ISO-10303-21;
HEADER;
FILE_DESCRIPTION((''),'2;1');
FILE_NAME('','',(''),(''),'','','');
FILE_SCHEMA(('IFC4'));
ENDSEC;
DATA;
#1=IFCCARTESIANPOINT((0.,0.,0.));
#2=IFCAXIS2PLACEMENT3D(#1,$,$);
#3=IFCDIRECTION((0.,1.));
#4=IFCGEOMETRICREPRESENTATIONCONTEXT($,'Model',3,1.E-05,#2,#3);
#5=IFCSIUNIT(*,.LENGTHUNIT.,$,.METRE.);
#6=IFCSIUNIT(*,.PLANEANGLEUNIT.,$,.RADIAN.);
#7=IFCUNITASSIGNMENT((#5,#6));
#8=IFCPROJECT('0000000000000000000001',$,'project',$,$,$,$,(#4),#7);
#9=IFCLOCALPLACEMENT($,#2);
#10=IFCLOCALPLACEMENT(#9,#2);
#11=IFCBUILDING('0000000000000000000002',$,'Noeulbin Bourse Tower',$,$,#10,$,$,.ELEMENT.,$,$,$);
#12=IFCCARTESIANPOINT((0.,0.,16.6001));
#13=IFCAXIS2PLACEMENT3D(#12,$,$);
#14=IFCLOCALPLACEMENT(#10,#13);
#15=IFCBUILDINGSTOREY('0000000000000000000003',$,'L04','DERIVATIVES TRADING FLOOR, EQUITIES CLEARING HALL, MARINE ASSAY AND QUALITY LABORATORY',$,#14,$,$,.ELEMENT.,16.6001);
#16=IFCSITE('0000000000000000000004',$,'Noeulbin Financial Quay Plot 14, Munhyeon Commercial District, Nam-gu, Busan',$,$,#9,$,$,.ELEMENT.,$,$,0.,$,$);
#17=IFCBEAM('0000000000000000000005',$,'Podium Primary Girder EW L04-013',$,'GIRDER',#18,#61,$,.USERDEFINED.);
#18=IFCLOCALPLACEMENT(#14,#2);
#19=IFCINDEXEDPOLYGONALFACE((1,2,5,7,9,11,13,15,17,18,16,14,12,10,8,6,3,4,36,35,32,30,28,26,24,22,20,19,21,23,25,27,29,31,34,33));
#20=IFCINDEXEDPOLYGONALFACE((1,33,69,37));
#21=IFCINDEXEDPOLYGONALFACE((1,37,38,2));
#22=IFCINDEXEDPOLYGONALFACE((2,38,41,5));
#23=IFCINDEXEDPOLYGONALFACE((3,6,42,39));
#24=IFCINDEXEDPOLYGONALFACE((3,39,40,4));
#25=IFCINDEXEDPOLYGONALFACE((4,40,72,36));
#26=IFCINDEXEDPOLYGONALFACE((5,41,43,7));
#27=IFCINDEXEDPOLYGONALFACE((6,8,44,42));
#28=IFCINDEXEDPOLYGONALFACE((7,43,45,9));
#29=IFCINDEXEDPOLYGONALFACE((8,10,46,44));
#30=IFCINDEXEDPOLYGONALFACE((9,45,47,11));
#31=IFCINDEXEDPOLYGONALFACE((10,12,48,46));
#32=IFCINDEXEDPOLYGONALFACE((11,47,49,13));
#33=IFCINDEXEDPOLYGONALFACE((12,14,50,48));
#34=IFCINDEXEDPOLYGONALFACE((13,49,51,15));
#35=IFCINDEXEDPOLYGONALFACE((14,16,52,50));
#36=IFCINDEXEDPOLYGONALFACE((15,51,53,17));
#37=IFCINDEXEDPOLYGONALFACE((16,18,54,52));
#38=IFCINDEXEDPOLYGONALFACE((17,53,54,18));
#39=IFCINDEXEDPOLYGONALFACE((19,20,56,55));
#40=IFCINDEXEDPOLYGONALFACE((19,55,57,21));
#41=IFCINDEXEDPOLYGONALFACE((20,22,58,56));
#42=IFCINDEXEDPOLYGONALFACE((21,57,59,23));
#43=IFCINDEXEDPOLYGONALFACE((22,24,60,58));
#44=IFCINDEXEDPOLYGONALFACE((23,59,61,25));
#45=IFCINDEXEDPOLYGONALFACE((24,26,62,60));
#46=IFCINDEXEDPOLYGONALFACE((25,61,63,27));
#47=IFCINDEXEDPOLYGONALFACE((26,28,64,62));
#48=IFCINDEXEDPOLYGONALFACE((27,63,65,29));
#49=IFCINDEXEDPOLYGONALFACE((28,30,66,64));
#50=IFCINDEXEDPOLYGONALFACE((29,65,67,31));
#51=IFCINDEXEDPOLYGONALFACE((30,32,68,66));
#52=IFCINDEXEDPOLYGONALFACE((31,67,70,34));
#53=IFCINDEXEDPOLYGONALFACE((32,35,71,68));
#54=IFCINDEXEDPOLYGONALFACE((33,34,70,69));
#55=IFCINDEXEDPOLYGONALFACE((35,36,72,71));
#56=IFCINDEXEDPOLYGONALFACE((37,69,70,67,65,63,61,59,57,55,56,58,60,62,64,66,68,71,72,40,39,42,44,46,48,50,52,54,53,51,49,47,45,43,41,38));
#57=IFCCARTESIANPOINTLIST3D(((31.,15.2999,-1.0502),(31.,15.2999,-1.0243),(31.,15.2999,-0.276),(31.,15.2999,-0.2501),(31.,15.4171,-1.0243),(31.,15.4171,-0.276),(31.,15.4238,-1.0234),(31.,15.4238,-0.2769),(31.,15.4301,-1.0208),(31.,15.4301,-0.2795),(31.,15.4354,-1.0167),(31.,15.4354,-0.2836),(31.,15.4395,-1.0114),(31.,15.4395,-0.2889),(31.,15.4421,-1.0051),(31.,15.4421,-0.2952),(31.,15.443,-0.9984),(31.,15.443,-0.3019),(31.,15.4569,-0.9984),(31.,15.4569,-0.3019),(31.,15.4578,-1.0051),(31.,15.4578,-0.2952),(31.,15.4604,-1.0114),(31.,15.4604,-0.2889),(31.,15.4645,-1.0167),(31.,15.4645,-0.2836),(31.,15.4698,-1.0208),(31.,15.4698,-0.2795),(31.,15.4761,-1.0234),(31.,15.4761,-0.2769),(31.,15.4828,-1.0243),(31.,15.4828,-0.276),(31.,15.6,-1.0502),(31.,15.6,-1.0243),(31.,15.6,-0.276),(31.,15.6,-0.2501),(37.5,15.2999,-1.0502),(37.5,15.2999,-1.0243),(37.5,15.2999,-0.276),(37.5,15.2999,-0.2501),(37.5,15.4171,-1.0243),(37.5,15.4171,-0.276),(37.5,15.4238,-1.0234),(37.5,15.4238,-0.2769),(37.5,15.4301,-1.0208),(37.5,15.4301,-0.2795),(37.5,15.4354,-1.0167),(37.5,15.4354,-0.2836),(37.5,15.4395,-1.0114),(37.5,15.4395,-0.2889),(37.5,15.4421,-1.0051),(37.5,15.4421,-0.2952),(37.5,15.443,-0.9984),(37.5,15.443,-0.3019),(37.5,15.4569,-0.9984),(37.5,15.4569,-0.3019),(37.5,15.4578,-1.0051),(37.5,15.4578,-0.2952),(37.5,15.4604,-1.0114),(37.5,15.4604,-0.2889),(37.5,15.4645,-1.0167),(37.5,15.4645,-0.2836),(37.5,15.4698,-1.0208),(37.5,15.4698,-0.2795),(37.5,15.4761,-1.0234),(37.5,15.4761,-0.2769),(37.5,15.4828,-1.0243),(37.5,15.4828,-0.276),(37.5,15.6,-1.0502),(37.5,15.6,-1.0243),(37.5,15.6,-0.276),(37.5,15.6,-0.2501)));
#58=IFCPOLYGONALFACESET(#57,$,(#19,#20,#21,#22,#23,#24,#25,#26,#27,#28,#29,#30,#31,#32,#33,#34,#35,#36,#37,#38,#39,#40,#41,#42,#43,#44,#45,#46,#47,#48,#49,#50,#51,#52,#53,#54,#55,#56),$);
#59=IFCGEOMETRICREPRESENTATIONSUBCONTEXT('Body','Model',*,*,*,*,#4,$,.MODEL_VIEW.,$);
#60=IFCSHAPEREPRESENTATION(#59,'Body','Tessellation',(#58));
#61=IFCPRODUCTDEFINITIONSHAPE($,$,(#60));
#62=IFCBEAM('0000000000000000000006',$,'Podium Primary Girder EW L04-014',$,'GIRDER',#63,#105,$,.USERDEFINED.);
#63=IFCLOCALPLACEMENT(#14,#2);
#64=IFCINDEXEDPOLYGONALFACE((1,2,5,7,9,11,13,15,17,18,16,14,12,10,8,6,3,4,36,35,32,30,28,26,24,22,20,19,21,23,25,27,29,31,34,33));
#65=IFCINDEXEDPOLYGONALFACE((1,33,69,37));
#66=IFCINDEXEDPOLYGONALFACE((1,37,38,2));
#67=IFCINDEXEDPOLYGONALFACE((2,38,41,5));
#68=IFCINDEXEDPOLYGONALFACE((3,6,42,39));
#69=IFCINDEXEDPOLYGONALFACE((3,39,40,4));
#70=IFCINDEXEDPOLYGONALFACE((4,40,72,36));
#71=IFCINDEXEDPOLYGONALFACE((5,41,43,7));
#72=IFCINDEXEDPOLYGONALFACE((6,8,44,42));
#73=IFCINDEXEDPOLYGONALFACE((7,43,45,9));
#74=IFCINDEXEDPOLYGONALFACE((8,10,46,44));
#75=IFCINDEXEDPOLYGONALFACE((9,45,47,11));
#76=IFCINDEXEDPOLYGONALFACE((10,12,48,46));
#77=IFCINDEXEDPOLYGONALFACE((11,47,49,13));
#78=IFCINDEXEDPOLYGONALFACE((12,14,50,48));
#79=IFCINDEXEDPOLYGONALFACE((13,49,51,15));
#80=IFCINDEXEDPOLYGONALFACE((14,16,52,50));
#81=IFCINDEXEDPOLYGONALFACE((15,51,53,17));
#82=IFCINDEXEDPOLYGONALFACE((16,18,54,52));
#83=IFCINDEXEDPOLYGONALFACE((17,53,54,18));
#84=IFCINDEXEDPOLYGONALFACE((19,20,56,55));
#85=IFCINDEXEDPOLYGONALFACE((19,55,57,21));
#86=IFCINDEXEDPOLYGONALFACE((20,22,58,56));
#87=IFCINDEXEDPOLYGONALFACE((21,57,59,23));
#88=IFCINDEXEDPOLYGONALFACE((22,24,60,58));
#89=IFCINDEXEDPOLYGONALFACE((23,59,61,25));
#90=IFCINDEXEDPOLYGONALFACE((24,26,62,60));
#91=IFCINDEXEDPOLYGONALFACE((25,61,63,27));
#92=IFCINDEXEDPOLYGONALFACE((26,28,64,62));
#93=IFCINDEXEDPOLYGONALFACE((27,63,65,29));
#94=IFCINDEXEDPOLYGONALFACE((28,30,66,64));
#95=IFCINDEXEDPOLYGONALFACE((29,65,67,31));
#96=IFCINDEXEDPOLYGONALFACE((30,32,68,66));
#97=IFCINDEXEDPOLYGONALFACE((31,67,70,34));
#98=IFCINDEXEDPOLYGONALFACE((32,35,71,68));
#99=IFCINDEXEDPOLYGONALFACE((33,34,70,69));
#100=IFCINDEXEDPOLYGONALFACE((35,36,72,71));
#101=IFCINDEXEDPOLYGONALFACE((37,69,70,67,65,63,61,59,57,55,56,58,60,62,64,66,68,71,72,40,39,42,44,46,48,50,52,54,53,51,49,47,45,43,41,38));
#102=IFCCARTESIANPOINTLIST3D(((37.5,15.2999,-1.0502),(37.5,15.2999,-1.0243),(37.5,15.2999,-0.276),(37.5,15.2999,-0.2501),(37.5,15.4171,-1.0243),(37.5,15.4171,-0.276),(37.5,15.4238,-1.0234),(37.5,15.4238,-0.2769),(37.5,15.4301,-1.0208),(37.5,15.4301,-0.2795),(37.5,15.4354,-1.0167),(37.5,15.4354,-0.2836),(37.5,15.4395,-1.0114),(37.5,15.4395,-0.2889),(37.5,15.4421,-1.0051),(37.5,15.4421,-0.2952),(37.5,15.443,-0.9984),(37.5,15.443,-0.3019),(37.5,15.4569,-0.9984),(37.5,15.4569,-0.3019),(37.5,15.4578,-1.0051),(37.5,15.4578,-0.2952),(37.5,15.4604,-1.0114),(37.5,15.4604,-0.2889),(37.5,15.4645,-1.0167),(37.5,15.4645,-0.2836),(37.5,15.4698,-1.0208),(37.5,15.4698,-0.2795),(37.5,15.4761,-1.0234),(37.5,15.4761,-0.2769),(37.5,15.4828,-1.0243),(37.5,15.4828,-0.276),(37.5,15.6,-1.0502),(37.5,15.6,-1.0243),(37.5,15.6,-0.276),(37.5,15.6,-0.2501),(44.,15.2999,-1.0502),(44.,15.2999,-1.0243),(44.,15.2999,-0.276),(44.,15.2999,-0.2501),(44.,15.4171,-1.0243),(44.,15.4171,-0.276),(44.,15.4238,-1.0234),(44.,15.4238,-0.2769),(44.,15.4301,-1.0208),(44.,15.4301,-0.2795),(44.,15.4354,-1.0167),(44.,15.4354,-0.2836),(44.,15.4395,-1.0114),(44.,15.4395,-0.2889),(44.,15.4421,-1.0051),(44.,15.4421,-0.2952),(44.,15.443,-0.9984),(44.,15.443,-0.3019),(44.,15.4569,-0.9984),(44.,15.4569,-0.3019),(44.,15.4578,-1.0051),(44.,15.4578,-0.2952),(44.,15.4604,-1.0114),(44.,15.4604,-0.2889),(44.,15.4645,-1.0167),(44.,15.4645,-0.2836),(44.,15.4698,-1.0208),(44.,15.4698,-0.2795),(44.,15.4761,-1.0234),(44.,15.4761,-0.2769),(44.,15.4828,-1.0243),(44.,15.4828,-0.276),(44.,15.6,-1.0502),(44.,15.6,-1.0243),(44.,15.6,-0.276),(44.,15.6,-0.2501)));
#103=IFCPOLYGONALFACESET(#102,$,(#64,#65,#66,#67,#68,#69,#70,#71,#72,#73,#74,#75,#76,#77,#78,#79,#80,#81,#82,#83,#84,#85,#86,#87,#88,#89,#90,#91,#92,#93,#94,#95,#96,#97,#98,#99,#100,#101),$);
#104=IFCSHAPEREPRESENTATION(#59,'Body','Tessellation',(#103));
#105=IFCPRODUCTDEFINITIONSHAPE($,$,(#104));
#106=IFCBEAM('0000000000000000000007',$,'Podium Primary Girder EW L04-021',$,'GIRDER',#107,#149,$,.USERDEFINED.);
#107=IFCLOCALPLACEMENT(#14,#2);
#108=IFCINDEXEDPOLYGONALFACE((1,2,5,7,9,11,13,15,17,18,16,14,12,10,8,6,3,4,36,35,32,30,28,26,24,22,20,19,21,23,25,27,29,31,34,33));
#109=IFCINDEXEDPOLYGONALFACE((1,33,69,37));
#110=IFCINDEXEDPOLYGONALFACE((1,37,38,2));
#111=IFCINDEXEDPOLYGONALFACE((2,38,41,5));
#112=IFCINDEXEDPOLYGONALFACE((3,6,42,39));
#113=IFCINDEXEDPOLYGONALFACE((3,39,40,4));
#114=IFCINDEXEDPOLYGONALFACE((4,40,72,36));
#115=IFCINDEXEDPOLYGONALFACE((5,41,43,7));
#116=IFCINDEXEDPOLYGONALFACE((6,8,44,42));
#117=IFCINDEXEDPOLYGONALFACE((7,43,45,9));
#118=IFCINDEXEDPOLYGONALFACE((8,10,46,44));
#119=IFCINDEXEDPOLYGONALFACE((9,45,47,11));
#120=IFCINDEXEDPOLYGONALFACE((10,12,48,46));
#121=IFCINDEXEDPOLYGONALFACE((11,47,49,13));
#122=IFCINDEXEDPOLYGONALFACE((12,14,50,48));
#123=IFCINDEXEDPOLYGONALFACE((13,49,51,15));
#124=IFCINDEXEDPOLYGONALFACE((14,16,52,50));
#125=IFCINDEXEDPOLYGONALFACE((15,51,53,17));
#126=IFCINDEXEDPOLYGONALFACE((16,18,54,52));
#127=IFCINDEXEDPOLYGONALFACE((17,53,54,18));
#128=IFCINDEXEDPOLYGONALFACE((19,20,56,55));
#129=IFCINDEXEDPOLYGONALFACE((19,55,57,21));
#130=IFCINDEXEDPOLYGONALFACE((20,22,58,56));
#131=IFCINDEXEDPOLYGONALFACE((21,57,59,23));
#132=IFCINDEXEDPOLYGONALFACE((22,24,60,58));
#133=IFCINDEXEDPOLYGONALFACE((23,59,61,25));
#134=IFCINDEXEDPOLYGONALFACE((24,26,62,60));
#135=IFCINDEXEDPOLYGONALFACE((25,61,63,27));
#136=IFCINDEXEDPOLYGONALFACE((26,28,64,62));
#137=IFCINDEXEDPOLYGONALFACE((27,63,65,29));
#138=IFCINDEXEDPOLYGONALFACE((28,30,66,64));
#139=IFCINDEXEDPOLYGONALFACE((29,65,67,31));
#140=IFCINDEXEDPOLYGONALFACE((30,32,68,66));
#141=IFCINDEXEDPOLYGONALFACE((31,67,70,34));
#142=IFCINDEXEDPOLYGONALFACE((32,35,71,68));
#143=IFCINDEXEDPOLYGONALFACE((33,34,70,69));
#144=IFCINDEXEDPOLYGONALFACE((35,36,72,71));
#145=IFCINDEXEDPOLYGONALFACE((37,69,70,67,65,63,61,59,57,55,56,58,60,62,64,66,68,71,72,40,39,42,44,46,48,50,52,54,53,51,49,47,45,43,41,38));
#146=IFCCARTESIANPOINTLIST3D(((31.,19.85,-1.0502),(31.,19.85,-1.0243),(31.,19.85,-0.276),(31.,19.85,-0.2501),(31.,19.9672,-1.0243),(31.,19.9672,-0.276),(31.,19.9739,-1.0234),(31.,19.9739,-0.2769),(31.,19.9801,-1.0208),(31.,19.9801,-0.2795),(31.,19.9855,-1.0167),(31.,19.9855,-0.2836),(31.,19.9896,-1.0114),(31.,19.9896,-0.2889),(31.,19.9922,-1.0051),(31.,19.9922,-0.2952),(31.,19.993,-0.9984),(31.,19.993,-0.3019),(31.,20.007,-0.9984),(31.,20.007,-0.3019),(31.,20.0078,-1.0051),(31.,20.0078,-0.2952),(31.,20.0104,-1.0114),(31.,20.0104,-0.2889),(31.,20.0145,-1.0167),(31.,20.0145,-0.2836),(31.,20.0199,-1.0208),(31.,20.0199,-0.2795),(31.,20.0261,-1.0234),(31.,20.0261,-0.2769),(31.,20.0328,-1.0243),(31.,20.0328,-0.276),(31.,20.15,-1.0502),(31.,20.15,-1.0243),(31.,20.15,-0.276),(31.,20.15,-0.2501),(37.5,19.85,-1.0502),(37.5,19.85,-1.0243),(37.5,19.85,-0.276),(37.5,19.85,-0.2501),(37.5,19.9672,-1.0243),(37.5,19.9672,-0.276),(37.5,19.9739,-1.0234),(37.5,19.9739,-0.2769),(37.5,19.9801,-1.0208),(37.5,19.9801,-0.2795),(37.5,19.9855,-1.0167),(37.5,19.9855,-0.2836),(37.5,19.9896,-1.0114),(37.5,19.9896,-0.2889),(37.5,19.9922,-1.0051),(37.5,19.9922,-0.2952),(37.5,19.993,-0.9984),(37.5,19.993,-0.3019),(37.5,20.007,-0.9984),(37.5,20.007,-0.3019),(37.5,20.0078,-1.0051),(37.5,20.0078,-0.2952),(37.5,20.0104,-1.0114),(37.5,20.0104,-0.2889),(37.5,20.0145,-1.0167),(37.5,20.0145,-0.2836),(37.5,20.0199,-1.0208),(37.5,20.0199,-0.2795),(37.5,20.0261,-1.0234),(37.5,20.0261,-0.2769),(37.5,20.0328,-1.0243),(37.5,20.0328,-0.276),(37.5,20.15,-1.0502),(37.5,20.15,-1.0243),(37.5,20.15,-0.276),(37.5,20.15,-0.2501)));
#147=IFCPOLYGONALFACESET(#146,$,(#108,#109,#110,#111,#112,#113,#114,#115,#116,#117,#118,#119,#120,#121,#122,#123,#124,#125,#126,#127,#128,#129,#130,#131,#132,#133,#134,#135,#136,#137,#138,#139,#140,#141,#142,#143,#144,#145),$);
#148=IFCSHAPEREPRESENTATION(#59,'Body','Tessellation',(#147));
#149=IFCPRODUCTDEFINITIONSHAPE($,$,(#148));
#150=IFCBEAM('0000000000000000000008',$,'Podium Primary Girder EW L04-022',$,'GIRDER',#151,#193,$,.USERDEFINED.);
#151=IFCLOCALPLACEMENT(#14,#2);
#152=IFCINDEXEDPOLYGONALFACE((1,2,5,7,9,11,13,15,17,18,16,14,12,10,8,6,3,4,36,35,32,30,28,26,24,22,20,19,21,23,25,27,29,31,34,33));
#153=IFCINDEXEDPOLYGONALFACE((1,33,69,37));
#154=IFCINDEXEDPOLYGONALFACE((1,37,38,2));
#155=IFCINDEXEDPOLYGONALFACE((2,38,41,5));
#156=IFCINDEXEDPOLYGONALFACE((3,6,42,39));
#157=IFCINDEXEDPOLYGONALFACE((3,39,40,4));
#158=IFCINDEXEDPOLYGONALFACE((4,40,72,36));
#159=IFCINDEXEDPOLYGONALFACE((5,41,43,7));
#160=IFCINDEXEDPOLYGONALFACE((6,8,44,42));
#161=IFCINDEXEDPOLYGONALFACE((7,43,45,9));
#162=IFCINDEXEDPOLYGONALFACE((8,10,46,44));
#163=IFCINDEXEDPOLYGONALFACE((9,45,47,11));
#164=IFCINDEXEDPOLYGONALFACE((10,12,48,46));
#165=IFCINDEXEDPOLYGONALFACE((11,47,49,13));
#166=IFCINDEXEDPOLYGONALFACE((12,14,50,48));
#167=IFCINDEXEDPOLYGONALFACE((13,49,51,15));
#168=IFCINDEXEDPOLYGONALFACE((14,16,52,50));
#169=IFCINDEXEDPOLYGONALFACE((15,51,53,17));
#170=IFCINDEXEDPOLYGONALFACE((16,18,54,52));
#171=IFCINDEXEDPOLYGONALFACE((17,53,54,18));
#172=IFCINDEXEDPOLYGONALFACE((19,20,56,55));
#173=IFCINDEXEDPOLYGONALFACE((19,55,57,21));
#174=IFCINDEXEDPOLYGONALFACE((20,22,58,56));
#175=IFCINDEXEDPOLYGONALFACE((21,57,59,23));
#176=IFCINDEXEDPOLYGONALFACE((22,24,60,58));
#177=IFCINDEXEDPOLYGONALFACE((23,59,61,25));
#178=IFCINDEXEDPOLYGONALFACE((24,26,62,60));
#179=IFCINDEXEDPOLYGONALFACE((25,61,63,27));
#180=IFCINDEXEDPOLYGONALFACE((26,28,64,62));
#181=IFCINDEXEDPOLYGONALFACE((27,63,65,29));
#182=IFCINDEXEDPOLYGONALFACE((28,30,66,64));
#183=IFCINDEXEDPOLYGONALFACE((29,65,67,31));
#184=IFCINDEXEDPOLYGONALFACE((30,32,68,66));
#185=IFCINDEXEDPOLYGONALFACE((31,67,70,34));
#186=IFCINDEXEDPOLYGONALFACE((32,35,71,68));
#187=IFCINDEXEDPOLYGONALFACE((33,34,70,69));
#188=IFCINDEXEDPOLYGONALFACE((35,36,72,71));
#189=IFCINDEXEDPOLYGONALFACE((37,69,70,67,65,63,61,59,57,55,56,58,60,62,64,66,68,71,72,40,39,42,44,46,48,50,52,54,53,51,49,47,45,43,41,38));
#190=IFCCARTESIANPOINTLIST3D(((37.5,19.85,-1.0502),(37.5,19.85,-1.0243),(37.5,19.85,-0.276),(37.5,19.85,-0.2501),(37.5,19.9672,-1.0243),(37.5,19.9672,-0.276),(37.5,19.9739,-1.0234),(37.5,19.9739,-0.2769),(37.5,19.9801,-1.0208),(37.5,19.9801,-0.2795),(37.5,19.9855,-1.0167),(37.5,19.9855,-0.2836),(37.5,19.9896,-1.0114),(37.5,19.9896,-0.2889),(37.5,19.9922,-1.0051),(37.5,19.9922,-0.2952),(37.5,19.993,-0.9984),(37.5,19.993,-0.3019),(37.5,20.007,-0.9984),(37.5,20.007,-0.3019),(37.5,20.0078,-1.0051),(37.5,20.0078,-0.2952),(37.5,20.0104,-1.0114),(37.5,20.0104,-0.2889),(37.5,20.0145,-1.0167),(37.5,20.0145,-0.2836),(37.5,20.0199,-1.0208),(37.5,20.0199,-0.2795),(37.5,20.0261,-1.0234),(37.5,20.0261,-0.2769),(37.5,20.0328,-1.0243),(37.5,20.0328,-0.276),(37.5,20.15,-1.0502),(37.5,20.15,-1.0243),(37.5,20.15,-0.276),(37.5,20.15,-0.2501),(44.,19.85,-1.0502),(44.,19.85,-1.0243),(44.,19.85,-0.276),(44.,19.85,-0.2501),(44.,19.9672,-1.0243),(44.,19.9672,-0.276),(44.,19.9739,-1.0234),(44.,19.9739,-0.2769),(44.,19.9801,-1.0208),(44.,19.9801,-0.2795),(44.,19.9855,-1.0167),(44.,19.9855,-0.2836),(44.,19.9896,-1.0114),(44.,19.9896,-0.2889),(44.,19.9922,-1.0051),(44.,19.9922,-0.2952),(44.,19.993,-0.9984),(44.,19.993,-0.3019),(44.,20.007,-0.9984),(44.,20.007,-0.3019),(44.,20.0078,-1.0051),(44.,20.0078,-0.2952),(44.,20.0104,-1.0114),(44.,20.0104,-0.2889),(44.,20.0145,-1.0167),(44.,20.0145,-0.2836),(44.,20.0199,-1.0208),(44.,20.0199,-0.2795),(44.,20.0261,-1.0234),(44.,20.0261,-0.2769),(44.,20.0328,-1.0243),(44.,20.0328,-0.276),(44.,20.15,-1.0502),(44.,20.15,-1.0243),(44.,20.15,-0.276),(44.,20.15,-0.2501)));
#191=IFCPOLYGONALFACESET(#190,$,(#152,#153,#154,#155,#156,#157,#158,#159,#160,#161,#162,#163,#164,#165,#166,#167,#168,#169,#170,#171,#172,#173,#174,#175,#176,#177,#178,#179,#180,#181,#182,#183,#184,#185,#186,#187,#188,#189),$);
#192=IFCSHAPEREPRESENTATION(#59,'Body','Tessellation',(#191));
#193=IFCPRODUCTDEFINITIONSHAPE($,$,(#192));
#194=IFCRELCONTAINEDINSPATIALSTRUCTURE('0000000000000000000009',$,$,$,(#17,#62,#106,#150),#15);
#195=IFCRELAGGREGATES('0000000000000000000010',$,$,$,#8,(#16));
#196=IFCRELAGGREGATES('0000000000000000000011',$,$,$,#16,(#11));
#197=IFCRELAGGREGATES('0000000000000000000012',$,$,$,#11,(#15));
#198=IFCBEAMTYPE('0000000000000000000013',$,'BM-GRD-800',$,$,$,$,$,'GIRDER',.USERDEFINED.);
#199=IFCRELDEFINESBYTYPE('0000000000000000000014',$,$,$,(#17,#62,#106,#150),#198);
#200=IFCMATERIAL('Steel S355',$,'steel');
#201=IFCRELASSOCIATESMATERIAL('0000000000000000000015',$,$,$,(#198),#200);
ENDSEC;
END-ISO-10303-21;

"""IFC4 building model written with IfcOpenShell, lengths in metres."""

from ifc_helpers import new_model, si_unit, direction, frame, origin, origin_2d, place, context, subcontext, project, spatial, i_section, extrude, material, material_profile, profile_set, type_object, element, save


model = new_model("IFC4")

# Units and contexts
model_context = context("Model", 3, precision=1e-05, world=origin(), true_north=direction((0.0, 1.0)))
body_context = subcontext(model_context, "Body", "Model", "MODEL_VIEW")
ifc_project = project(units=[si_unit("LENGTHUNIT", "METRE"), si_unit("PLANEANGLEUNIT", "RADIAN")], contexts=[model_context])

# Site, building, storey
site_placement = place(None, origin())
site = spatial("IfcSite", under=ifc_project, at=site_placement, Name="Noeulbin Financial Quay Plot 14, Munhyeon Commercial District, Nam-gu, Busan", CompositionType="ELEMENT", RefElevation=0.0)
building_placement = place(site_placement, origin())
building = spatial("IfcBuilding", under=site, at=building_placement, Name="Noeulbin Bourse Tower", CompositionType="ELEMENT")
storey_placement = place(building_placement, frame((0.0, 0.0, 16.6001)))
storey = spatial("IfcBuildingStorey", under=building, at=storey_placement, Name="L04", Description="DERIVATIVES TRADING FLOOR, EQUITIES CLEARING HALL, MARINE ASSAY AND QUALITY LABORATORY", CompositionType="ELEMENT", Elevation=16.6001)

# Beams
ifc_material_1 = material(Name="Steel S355", Category="steel")
ifc_material_profile_1 = material_profile(ifc_material_1, i_section(OverallWidth=0.3, OverallDepth=0.8, WebThickness=0.0139, FlangeThickness=0.0259, FilletRadius=0.0259, at=origin_2d()), Name="H-800x300x14x26", Category="LoadBearing")
ifc_profile_set_1 = profile_set([ifc_material_profile_1], Name="Steel S355")
beam_type_1 = type_object("IfcBeamType", Name="BM-GRD-800", ElementType="GIRDER", PredefinedType="USERDEFINED", material=ifc_profile_set_1)
for number, where, z_axis, x_axis, name in (
    (1, (31.0, 15.45, -0.6501), (1.0, 0.0, 0.0), (0.0, 1.0, 0.0), "Podium Primary Girder EW L04-013"),
    (2, (37.5, 15.45, -0.6501), (1.0, 0.0, 0.0), (0.0, 1.0, 0.0), "Podium Primary Girder EW L04-014"),
    (3, (31.0, 20.0, -0.6501), (1.0, 0.0, 0.0), (0.0, 1.0, 0.0), "Podium Primary Girder EW L04-021"),
    (4, (37.5, 20.0, -0.6501), (1.0, 0.0, 0.0), (0.0, 1.0, 0.0), "Podium Primary Girder EW L04-022"),
):
    element("IfcBeam", number, at=place(storey_placement, frame(where, z_axis=z_axis, x_axis=x_axis)), inside=storey, type_object=beam_type_1, Name=name, ObjectType="GIRDER", PredefinedType="USERDEFINED", context=body_context, shape_type="SweptSolid", body=[
        extrude(i_section(OverallWidth=0.3, OverallDepth=0.8, WebThickness=0.0139, FlangeThickness=0.0259, FilletRadius=0.0259, at=origin_2d()), origin(), (0.0, 0.0, 1.0), 6.5),
    ])

save(model, "model.ifc")
